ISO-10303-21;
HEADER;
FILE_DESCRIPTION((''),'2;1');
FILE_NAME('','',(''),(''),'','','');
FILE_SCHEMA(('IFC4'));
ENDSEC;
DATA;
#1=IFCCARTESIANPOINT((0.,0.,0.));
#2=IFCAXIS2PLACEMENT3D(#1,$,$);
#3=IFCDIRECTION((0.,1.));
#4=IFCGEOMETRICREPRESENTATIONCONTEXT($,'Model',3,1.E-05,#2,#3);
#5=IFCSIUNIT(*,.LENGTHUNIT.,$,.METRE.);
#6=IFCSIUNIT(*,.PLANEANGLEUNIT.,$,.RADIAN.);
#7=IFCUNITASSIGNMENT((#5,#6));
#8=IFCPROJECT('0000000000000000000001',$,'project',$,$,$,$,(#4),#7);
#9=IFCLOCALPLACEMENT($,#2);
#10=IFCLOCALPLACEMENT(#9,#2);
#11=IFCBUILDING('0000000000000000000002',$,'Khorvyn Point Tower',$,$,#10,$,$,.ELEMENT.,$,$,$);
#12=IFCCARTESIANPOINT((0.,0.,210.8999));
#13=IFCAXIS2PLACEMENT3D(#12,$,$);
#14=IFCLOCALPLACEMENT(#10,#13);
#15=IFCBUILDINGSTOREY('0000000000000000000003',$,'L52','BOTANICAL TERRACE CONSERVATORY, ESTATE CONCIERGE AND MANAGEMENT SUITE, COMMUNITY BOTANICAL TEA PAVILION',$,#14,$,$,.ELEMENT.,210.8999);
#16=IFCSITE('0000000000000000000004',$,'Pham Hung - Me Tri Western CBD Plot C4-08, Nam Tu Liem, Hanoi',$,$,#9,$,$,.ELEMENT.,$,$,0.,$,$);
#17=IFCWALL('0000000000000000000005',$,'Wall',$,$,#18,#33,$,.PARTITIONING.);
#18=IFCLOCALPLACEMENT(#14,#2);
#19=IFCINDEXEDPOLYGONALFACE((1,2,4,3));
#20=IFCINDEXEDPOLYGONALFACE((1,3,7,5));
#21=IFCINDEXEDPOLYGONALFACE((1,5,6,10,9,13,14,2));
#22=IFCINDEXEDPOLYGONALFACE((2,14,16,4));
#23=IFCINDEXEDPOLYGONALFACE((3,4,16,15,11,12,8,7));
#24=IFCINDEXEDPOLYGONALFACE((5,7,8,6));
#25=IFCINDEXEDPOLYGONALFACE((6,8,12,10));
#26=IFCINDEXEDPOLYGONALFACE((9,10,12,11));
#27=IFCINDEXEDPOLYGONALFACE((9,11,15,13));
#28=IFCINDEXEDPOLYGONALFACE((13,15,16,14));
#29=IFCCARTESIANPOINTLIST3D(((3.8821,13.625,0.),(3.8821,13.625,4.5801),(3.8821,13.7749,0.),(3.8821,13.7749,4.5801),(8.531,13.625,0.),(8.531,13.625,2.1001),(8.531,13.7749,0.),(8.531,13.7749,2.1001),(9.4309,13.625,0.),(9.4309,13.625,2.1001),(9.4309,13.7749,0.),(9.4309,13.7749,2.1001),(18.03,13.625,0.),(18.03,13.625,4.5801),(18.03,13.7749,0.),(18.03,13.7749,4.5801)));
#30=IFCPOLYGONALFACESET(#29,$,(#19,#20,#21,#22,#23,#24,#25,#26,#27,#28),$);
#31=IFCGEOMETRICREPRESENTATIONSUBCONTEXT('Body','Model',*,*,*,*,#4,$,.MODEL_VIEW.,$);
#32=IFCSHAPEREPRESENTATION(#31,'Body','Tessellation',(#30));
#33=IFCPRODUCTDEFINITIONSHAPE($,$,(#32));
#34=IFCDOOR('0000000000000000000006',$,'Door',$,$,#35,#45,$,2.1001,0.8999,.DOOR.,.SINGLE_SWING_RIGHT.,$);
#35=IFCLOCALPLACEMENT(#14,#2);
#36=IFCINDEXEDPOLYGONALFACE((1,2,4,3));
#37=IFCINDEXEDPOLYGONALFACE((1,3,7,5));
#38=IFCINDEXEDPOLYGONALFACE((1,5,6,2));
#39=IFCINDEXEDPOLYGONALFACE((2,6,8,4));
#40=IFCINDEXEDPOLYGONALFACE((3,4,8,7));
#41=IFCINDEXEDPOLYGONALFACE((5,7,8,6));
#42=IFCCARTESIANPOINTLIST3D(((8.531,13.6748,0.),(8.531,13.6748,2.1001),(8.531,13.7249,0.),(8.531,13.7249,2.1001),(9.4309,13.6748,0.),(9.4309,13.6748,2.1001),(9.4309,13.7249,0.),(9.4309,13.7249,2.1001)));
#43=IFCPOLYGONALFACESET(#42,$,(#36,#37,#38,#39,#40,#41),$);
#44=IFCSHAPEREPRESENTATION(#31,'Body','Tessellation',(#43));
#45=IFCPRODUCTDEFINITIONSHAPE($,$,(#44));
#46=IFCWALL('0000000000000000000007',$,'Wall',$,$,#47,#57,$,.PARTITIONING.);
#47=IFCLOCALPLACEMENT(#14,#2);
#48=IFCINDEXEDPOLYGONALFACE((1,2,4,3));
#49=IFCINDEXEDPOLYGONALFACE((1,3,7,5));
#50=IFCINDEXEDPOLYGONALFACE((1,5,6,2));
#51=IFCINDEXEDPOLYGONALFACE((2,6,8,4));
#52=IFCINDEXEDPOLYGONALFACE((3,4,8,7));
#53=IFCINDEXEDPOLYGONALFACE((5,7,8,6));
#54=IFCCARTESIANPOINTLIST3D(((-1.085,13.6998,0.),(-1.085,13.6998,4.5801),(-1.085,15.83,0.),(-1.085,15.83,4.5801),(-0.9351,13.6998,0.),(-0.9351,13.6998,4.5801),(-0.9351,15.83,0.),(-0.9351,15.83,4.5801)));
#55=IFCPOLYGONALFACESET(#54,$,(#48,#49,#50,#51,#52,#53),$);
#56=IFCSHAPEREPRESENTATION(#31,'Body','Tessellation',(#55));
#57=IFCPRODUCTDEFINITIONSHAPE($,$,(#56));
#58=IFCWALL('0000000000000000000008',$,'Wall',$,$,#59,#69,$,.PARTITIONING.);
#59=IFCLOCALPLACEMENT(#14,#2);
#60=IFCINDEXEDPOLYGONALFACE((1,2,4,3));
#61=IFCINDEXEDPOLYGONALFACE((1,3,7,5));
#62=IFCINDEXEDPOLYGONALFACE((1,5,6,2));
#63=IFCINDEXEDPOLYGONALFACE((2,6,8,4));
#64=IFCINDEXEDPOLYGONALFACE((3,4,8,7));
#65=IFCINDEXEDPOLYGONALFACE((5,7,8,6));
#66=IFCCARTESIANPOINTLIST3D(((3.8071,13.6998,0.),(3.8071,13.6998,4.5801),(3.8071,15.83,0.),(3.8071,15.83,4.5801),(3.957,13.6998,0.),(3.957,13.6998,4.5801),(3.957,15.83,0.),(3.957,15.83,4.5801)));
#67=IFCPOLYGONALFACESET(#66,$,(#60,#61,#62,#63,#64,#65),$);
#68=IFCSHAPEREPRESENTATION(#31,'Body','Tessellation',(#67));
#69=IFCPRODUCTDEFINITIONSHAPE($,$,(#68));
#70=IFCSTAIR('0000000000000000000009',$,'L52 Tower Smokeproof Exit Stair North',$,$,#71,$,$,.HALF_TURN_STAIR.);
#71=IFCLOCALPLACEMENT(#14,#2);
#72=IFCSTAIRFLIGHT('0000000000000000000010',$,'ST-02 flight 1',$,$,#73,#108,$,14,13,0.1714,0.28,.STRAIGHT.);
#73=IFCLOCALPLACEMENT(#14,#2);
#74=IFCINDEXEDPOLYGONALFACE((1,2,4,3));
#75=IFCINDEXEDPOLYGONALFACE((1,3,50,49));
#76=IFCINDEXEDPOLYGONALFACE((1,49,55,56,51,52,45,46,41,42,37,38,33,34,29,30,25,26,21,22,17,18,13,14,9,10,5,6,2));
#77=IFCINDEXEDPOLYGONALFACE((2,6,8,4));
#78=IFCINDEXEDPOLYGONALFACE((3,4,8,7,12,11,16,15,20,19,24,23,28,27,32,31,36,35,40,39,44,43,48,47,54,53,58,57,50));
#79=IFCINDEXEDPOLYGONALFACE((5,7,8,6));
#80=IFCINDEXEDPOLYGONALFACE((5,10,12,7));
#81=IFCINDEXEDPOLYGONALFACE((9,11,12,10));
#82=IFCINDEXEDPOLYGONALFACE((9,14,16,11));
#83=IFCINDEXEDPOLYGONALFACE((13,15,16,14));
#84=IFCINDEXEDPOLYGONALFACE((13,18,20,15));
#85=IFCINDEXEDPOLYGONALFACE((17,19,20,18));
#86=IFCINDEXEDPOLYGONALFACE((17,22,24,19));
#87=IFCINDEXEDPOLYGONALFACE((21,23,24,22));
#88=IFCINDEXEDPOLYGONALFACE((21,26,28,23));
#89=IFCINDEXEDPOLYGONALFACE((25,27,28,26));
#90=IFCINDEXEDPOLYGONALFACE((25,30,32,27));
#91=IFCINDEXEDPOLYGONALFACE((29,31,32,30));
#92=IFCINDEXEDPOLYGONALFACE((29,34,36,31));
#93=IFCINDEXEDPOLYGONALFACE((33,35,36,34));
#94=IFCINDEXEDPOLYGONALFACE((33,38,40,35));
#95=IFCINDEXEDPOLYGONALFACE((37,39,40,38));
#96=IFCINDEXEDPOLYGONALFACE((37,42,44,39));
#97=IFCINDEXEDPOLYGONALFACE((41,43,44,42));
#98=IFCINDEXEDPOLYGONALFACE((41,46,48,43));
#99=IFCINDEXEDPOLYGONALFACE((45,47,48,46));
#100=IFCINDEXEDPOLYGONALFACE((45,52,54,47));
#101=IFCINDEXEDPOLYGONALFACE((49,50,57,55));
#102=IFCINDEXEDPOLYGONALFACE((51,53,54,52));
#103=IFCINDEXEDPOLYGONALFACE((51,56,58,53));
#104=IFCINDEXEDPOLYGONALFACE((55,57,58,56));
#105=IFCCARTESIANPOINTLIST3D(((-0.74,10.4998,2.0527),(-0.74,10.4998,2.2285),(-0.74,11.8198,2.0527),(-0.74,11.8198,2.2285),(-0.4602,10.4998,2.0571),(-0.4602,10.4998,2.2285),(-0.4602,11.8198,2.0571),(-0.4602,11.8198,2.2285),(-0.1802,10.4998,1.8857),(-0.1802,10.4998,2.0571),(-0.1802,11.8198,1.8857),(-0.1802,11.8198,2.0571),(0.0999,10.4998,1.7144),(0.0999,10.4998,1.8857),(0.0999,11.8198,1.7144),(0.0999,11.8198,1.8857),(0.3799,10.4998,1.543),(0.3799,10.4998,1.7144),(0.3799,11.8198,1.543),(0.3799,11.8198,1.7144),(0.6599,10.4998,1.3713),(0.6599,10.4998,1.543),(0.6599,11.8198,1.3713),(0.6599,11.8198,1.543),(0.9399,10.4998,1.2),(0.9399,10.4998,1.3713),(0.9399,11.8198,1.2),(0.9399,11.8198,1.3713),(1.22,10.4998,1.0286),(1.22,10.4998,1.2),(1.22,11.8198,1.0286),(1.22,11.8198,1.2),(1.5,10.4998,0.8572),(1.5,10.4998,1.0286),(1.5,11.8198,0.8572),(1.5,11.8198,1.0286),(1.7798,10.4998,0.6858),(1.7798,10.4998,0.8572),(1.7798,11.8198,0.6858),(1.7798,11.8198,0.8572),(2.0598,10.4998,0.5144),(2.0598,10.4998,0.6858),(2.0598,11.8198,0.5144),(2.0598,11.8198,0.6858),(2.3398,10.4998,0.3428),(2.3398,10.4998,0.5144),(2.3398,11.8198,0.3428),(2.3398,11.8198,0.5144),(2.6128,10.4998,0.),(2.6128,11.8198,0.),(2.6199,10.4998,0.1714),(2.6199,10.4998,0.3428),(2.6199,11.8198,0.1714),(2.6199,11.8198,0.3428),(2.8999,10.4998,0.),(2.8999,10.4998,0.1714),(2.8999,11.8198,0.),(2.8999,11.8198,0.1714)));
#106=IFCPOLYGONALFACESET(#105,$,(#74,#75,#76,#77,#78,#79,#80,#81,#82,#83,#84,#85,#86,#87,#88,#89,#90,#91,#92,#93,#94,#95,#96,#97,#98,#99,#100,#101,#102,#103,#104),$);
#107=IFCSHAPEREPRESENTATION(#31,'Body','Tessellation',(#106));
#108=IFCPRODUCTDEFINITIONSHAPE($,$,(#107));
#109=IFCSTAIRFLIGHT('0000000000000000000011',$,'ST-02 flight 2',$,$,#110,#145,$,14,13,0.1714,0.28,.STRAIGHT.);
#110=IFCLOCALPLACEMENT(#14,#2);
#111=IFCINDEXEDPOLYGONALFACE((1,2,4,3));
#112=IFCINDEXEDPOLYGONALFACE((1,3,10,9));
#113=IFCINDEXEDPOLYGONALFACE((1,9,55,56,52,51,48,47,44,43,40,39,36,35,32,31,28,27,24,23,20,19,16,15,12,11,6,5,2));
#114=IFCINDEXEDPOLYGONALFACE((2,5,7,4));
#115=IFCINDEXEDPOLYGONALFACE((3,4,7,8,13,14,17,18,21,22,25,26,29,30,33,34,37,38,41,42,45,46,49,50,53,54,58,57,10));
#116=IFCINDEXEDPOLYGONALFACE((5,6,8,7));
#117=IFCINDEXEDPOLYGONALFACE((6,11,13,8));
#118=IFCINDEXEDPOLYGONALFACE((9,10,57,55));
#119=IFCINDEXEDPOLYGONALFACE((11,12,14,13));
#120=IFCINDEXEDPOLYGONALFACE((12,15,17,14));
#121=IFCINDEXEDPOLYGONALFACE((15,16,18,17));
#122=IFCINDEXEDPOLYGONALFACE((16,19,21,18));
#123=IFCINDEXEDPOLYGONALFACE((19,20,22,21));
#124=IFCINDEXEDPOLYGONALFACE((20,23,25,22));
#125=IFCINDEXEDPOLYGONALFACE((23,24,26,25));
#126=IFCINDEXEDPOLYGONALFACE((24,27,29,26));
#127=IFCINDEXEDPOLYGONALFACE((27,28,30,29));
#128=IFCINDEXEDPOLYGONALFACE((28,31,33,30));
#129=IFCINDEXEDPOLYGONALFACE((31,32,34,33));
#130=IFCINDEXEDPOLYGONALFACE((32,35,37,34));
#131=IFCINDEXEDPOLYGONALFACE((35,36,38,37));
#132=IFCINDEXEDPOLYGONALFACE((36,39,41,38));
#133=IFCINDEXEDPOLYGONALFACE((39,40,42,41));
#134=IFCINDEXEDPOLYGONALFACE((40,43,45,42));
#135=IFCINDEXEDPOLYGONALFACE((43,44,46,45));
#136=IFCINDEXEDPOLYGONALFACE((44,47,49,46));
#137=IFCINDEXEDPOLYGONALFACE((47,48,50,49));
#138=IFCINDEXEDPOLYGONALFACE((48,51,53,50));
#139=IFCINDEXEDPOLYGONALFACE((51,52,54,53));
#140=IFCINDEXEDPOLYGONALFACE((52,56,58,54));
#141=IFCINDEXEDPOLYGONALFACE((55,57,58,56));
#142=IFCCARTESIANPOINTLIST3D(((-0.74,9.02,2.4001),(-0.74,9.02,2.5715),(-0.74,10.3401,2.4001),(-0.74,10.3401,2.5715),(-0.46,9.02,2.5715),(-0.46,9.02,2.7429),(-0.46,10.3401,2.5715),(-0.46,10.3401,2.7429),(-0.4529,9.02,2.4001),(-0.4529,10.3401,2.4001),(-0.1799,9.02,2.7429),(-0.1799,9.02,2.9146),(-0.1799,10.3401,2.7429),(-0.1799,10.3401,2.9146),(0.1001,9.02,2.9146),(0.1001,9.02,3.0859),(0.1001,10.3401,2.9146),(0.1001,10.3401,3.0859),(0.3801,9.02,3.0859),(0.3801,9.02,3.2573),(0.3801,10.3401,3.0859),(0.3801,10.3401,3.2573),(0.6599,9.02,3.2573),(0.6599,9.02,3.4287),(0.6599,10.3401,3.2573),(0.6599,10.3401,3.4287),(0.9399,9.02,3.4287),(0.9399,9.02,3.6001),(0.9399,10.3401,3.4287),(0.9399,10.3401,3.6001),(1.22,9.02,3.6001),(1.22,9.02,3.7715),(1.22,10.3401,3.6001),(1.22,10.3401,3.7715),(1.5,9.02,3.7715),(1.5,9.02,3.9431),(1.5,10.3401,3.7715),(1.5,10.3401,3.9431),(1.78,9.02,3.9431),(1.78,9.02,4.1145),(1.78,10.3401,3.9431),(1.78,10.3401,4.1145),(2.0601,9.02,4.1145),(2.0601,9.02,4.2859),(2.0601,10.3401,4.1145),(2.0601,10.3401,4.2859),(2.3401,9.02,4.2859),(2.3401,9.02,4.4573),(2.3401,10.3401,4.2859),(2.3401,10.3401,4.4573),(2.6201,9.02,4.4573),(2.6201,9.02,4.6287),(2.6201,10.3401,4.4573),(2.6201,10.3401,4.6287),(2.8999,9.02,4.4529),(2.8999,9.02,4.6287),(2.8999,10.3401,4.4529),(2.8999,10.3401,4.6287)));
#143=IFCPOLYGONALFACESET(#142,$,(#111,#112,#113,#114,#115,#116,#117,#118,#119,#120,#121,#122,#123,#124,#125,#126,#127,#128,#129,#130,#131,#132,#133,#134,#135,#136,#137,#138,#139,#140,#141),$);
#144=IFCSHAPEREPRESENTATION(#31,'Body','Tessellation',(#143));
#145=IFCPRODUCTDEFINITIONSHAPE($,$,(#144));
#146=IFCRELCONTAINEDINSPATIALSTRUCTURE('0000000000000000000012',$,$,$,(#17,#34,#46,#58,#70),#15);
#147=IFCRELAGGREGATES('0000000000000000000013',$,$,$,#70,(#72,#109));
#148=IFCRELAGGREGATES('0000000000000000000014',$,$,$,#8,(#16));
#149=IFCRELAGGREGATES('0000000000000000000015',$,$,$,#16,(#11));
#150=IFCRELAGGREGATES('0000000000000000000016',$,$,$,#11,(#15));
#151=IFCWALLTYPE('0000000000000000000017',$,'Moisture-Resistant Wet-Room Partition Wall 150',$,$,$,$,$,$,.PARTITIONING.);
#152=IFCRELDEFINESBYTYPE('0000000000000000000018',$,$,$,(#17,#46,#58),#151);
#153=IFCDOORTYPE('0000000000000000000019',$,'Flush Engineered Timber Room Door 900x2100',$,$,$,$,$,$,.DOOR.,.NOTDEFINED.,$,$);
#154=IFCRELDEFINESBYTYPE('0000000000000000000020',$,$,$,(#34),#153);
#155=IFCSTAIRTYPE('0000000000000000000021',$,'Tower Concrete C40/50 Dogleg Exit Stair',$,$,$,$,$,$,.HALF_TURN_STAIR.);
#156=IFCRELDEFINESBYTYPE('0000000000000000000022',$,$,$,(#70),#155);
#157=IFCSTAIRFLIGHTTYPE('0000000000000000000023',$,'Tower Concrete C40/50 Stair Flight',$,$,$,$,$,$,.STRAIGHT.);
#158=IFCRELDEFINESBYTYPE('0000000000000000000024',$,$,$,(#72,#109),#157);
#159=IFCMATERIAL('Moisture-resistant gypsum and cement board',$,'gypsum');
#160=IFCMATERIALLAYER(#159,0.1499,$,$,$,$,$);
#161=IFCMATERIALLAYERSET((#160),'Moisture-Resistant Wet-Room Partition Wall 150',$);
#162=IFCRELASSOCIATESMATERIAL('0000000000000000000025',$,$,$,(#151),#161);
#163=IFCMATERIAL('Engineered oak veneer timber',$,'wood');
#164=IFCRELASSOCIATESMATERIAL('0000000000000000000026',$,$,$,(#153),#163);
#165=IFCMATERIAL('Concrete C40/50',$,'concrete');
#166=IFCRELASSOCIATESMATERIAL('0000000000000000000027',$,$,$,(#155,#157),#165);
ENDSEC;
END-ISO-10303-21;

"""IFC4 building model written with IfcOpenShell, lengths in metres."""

from ifc_helpers import new_model, si_unit, direction, frame, frame_2d, origin, place, context, subcontext, project, spatial, polyline, rectangle, outline, extrude, material, layer, layer_set, type_object, element, fill, aggregate, save


model = new_model("IFC4")

# Units and contexts
model_context = context("Model", 3, precision=1e-05, world=origin(), true_north=direction((0.0, 1.0)))
body_context = subcontext(model_context, "Body", "Model", "MODEL_VIEW")
ifc_project = project(units=[si_unit("LENGTHUNIT", "METRE"), si_unit("PLANEANGLEUNIT", "RADIAN")], contexts=[model_context])

# Site, building, storey
site_placement = place(None, origin())
site = spatial("IfcSite", under=ifc_project, at=site_placement, Name="Pham Hung - Me Tri Western CBD Plot C4-08, Nam Tu Liem, Hanoi", CompositionType="ELEMENT", RefElevation=0.0)
building_placement = place(site_placement, origin())
building = spatial("IfcBuilding", under=site, at=building_placement, Name="Khorvyn Point Tower", CompositionType="ELEMENT")
storey_placement = place(building_placement, frame((0.0, 0.0, 210.8999)))
storey = spatial("IfcBuildingStorey", under=building, at=storey_placement, Name="L52", Description="BOTANICAL TERRACE CONSERVATORY, ESTATE CONCIERGE AND MANAGEMENT SUITE, COMMUNITY BOTANICAL TEA PAVILION", CompositionType="ELEMENT", Elevation=210.8999)

# Shared definitions
ifc_material_1 = material(Name="Concrete C40/50", Category="concrete")

# Wall, opening, door
ifc_material_2 = material(Name="Moisture-resistant gypsum and cement board", Category="gypsum")
ifc_layer_1 = layer(ifc_material_2, 0.1499)
ifc_layer_set_1 = layer_set([ifc_layer_1], Name="Moisture-Resistant Wet-Room Partition Wall 150")
wall_type_1 = type_object("IfcWallType", Name="Moisture-Resistant Wet-Room Partition Wall 150", PredefinedType="PARTITIONING", material=ifc_layer_set_1)
wall_1_placement = place(storey_placement, frame((3.8821, 13.7, 0.0), z_axis=(0.0, 0.0, 1.0), x_axis=(1.0, 0.0, 0.0)))
wall_1 = element("IfcWall", 1, at=wall_1_placement, inside=storey, type_object=wall_type_1, Name="Wall", PredefinedType="PARTITIONING", context=body_context, shape_type="SweptSolid", body=[
    extrude(rectangle(XDim=14.1479, YDim=0.1499, at=frame_2d((7.074, 0.0))), origin(), (0.0, 0.0, 1.0), 4.5801),
])
opening_1_placement = place(wall_1_placement, frame((4.6489, 0.0, 0.0)))
opening_1 = element("IfcOpeningElement", 2, at=opening_1_placement, cuts=wall_1, PredefinedType="OPENING", context=body_context, shape_type="SweptSolid", body=[
    extrude(rectangle(XDim=0.8999, YDim=2.1001, at=frame_2d((0.45, 1.05))), frame((0.0, 0.085, 0.0), z_axis=(0.0, -1.0, 0.0), x_axis=(1.0, 0.0, 0.0)), (0.0, 0.0, 1.0), 0.1699),
])
ifc_material_3 = material(Name="Engineered oak veneer timber", Category="wood")
door_type_1 = type_object("IfcDoorType", Name="Flush Engineered Timber Room Door 900x2100", OperationType="NOTDEFINED", PredefinedType="DOOR", material=ifc_material_3)
door_1_placement = place(opening_1_placement, origin())
door_1 = element("IfcDoor", 3, at=door_1_placement, inside=storey, type_object=door_type_1, Name="Door", OperationType="SINGLE_SWING_RIGHT", OverallHeight=2.1001, OverallWidth=0.8999, PredefinedType="DOOR", context=body_context, shape_type="SweptSolid", body=[
    extrude(rectangle(XDim=0.8999, YDim=2.1001, at=frame_2d((0.45, 1.05))), frame((0.0, 0.0249, 0.0), z_axis=(0.0, -1.0, 0.0), x_axis=(1.0, 0.0, 0.0)), (0.0, 0.0, 1.0), 0.05),
])
fill(opening_1, door_1)

# Walls
for number, where, z_axis, x_axis, name in (
    (4, (-1.01, 13.7, 0.0), (0.0, 0.0, 1.0), (0.0, 1.0, 0.0), "Wall"),
    (5, (3.8821, 13.7, 0.0), (0.0, 0.0, 1.0), (0.0, 1.0, 0.0), "Wall"),
):
    element("IfcWall", number, at=place(storey_placement, frame(where, z_axis=z_axis, x_axis=x_axis)), inside=storey, type_object=wall_type_1, Name=name, PredefinedType="PARTITIONING", context=body_context, shape_type="SweptSolid", body=[
        extrude(rectangle(XDim=2.1301, YDim=0.1499, at=frame_2d((1.0649, 0.0))), origin(), (0.0, 0.0, 1.0), 4.5801),
    ])

# Stair, stair flights
stair_type = type_object("IfcStairType", Name="Tower Concrete C40/50 Dogleg Exit Stair", PredefinedType="HALF_TURN_STAIR", material=ifc_material_1)
stair_placement = place(storey_placement, origin())
stair = element("IfcStair", 6, at=stair_placement, inside=storey, type_object=stair_type, Name="L52 Tower Smokeproof Exit Stair North", PredefinedType="HALF_TURN_STAIR")
stair_flight_type = type_object("IfcStairFlightType", Name="Tower Concrete C40/50 Stair Flight", PredefinedType="STRAIGHT", material=ifc_material_1)
stair_flight_1_placement = place(storey_placement, frame((2.8999, 11.1599, 0.0), z_axis=(0.0, 0.0, 1.0), x_axis=(-1.0, 0.0, 0.0)))
stair_flight_1 = element("IfcStairFlight", 7, at=stair_flight_1_placement, type_object=stair_flight_type, Name="ST-02 flight 1", NumberOfRisers=14, NumberOfTreads=13, PredefinedType="STRAIGHT", RiserHeight=0.1714, TreadLength=0.28, context=body_context, shape_type="SweptSolid", body=[
    extrude(outline(polyline([(0.0, 0.0), (0.0, 0.1714), (0.28, 0.1714), (0.28, 0.3428), (0.5601, 0.3428), (0.5601, 0.5144), (0.8401, 0.5144), (0.8401, 0.6858), (1.1201, 0.6858), (1.1201, 0.8572), (1.3999, 0.8572), (1.3999, 1.0286), (1.6799, 1.0286), (1.6799, 1.2), (1.96, 1.2), (1.96, 1.3713), (2.24, 1.3713), (2.24, 1.543), (2.52, 1.543), (2.52, 1.7144), (2.8, 1.7144), (2.8, 1.8857), (3.0801, 1.8857), (3.0801, 2.0571), (3.3601, 2.0571), (3.3601, 2.2285), (3.6399, 2.2285), (3.6399, 2.3999), (3.6399, 2.0527), (0.2871, 0.0), (0.0, 0.0)])), frame((0.0, 0.6602, 0.0), z_axis=(0.0, -1.0, 0.0), x_axis=(1.0, 0.0, 0.0)), (0.0, 0.0, 1.0), 1.3201),
])
stair_flight_2_placement = place(storey_placement, frame((-0.74, 9.6799, 2.4001), z_axis=(0.0, 0.0, 1.0), x_axis=(1.0, 0.0, 0.0)))
stair_flight_2 = element("IfcStairFlight", 8, at=stair_flight_2_placement, type_object=stair_flight_type, Name="ST-02 flight 2", NumberOfRisers=14, NumberOfTreads=13, PredefinedType="STRAIGHT", RiserHeight=0.1714, TreadLength=0.28, context=body_context, shape_type="SweptSolid", body=[
    extrude(outline(polyline([(0.0, 0.0), (0.0, 0.1714), (0.28, 0.1714), (0.28, 0.3428), (0.5601, 0.3428), (0.5601, 0.5144), (0.8401, 0.5144), (0.8401, 0.6858), (1.1201, 0.6858), (1.1201, 0.8572), (1.3999, 0.8572), (1.3999, 1.0286), (1.6799, 1.0286), (1.6799, 1.2), (1.96, 1.2), (1.96, 1.3713), (2.24, 1.3713), (2.24, 1.543), (2.52, 1.543), (2.52, 1.7144), (2.8, 1.7144), (2.8, 1.8857), (3.0801, 1.8857), (3.0801, 2.0571), (3.3601, 2.0571), (3.3601, 2.2285), (3.6399, 2.2285), (3.6399, 2.3999), (3.6399, 2.0527), (0.2871, 0.0), (0.0, 0.0)])), frame((0.0, 0.6602, 0.0), z_axis=(0.0, -1.0, 0.0), x_axis=(1.0, 0.0, 0.0)), (0.0, 0.0, 1.0), 1.3201),
])
aggregate(stair, [stair_flight_1, stair_flight_2])

save(model, "model.ifc")
